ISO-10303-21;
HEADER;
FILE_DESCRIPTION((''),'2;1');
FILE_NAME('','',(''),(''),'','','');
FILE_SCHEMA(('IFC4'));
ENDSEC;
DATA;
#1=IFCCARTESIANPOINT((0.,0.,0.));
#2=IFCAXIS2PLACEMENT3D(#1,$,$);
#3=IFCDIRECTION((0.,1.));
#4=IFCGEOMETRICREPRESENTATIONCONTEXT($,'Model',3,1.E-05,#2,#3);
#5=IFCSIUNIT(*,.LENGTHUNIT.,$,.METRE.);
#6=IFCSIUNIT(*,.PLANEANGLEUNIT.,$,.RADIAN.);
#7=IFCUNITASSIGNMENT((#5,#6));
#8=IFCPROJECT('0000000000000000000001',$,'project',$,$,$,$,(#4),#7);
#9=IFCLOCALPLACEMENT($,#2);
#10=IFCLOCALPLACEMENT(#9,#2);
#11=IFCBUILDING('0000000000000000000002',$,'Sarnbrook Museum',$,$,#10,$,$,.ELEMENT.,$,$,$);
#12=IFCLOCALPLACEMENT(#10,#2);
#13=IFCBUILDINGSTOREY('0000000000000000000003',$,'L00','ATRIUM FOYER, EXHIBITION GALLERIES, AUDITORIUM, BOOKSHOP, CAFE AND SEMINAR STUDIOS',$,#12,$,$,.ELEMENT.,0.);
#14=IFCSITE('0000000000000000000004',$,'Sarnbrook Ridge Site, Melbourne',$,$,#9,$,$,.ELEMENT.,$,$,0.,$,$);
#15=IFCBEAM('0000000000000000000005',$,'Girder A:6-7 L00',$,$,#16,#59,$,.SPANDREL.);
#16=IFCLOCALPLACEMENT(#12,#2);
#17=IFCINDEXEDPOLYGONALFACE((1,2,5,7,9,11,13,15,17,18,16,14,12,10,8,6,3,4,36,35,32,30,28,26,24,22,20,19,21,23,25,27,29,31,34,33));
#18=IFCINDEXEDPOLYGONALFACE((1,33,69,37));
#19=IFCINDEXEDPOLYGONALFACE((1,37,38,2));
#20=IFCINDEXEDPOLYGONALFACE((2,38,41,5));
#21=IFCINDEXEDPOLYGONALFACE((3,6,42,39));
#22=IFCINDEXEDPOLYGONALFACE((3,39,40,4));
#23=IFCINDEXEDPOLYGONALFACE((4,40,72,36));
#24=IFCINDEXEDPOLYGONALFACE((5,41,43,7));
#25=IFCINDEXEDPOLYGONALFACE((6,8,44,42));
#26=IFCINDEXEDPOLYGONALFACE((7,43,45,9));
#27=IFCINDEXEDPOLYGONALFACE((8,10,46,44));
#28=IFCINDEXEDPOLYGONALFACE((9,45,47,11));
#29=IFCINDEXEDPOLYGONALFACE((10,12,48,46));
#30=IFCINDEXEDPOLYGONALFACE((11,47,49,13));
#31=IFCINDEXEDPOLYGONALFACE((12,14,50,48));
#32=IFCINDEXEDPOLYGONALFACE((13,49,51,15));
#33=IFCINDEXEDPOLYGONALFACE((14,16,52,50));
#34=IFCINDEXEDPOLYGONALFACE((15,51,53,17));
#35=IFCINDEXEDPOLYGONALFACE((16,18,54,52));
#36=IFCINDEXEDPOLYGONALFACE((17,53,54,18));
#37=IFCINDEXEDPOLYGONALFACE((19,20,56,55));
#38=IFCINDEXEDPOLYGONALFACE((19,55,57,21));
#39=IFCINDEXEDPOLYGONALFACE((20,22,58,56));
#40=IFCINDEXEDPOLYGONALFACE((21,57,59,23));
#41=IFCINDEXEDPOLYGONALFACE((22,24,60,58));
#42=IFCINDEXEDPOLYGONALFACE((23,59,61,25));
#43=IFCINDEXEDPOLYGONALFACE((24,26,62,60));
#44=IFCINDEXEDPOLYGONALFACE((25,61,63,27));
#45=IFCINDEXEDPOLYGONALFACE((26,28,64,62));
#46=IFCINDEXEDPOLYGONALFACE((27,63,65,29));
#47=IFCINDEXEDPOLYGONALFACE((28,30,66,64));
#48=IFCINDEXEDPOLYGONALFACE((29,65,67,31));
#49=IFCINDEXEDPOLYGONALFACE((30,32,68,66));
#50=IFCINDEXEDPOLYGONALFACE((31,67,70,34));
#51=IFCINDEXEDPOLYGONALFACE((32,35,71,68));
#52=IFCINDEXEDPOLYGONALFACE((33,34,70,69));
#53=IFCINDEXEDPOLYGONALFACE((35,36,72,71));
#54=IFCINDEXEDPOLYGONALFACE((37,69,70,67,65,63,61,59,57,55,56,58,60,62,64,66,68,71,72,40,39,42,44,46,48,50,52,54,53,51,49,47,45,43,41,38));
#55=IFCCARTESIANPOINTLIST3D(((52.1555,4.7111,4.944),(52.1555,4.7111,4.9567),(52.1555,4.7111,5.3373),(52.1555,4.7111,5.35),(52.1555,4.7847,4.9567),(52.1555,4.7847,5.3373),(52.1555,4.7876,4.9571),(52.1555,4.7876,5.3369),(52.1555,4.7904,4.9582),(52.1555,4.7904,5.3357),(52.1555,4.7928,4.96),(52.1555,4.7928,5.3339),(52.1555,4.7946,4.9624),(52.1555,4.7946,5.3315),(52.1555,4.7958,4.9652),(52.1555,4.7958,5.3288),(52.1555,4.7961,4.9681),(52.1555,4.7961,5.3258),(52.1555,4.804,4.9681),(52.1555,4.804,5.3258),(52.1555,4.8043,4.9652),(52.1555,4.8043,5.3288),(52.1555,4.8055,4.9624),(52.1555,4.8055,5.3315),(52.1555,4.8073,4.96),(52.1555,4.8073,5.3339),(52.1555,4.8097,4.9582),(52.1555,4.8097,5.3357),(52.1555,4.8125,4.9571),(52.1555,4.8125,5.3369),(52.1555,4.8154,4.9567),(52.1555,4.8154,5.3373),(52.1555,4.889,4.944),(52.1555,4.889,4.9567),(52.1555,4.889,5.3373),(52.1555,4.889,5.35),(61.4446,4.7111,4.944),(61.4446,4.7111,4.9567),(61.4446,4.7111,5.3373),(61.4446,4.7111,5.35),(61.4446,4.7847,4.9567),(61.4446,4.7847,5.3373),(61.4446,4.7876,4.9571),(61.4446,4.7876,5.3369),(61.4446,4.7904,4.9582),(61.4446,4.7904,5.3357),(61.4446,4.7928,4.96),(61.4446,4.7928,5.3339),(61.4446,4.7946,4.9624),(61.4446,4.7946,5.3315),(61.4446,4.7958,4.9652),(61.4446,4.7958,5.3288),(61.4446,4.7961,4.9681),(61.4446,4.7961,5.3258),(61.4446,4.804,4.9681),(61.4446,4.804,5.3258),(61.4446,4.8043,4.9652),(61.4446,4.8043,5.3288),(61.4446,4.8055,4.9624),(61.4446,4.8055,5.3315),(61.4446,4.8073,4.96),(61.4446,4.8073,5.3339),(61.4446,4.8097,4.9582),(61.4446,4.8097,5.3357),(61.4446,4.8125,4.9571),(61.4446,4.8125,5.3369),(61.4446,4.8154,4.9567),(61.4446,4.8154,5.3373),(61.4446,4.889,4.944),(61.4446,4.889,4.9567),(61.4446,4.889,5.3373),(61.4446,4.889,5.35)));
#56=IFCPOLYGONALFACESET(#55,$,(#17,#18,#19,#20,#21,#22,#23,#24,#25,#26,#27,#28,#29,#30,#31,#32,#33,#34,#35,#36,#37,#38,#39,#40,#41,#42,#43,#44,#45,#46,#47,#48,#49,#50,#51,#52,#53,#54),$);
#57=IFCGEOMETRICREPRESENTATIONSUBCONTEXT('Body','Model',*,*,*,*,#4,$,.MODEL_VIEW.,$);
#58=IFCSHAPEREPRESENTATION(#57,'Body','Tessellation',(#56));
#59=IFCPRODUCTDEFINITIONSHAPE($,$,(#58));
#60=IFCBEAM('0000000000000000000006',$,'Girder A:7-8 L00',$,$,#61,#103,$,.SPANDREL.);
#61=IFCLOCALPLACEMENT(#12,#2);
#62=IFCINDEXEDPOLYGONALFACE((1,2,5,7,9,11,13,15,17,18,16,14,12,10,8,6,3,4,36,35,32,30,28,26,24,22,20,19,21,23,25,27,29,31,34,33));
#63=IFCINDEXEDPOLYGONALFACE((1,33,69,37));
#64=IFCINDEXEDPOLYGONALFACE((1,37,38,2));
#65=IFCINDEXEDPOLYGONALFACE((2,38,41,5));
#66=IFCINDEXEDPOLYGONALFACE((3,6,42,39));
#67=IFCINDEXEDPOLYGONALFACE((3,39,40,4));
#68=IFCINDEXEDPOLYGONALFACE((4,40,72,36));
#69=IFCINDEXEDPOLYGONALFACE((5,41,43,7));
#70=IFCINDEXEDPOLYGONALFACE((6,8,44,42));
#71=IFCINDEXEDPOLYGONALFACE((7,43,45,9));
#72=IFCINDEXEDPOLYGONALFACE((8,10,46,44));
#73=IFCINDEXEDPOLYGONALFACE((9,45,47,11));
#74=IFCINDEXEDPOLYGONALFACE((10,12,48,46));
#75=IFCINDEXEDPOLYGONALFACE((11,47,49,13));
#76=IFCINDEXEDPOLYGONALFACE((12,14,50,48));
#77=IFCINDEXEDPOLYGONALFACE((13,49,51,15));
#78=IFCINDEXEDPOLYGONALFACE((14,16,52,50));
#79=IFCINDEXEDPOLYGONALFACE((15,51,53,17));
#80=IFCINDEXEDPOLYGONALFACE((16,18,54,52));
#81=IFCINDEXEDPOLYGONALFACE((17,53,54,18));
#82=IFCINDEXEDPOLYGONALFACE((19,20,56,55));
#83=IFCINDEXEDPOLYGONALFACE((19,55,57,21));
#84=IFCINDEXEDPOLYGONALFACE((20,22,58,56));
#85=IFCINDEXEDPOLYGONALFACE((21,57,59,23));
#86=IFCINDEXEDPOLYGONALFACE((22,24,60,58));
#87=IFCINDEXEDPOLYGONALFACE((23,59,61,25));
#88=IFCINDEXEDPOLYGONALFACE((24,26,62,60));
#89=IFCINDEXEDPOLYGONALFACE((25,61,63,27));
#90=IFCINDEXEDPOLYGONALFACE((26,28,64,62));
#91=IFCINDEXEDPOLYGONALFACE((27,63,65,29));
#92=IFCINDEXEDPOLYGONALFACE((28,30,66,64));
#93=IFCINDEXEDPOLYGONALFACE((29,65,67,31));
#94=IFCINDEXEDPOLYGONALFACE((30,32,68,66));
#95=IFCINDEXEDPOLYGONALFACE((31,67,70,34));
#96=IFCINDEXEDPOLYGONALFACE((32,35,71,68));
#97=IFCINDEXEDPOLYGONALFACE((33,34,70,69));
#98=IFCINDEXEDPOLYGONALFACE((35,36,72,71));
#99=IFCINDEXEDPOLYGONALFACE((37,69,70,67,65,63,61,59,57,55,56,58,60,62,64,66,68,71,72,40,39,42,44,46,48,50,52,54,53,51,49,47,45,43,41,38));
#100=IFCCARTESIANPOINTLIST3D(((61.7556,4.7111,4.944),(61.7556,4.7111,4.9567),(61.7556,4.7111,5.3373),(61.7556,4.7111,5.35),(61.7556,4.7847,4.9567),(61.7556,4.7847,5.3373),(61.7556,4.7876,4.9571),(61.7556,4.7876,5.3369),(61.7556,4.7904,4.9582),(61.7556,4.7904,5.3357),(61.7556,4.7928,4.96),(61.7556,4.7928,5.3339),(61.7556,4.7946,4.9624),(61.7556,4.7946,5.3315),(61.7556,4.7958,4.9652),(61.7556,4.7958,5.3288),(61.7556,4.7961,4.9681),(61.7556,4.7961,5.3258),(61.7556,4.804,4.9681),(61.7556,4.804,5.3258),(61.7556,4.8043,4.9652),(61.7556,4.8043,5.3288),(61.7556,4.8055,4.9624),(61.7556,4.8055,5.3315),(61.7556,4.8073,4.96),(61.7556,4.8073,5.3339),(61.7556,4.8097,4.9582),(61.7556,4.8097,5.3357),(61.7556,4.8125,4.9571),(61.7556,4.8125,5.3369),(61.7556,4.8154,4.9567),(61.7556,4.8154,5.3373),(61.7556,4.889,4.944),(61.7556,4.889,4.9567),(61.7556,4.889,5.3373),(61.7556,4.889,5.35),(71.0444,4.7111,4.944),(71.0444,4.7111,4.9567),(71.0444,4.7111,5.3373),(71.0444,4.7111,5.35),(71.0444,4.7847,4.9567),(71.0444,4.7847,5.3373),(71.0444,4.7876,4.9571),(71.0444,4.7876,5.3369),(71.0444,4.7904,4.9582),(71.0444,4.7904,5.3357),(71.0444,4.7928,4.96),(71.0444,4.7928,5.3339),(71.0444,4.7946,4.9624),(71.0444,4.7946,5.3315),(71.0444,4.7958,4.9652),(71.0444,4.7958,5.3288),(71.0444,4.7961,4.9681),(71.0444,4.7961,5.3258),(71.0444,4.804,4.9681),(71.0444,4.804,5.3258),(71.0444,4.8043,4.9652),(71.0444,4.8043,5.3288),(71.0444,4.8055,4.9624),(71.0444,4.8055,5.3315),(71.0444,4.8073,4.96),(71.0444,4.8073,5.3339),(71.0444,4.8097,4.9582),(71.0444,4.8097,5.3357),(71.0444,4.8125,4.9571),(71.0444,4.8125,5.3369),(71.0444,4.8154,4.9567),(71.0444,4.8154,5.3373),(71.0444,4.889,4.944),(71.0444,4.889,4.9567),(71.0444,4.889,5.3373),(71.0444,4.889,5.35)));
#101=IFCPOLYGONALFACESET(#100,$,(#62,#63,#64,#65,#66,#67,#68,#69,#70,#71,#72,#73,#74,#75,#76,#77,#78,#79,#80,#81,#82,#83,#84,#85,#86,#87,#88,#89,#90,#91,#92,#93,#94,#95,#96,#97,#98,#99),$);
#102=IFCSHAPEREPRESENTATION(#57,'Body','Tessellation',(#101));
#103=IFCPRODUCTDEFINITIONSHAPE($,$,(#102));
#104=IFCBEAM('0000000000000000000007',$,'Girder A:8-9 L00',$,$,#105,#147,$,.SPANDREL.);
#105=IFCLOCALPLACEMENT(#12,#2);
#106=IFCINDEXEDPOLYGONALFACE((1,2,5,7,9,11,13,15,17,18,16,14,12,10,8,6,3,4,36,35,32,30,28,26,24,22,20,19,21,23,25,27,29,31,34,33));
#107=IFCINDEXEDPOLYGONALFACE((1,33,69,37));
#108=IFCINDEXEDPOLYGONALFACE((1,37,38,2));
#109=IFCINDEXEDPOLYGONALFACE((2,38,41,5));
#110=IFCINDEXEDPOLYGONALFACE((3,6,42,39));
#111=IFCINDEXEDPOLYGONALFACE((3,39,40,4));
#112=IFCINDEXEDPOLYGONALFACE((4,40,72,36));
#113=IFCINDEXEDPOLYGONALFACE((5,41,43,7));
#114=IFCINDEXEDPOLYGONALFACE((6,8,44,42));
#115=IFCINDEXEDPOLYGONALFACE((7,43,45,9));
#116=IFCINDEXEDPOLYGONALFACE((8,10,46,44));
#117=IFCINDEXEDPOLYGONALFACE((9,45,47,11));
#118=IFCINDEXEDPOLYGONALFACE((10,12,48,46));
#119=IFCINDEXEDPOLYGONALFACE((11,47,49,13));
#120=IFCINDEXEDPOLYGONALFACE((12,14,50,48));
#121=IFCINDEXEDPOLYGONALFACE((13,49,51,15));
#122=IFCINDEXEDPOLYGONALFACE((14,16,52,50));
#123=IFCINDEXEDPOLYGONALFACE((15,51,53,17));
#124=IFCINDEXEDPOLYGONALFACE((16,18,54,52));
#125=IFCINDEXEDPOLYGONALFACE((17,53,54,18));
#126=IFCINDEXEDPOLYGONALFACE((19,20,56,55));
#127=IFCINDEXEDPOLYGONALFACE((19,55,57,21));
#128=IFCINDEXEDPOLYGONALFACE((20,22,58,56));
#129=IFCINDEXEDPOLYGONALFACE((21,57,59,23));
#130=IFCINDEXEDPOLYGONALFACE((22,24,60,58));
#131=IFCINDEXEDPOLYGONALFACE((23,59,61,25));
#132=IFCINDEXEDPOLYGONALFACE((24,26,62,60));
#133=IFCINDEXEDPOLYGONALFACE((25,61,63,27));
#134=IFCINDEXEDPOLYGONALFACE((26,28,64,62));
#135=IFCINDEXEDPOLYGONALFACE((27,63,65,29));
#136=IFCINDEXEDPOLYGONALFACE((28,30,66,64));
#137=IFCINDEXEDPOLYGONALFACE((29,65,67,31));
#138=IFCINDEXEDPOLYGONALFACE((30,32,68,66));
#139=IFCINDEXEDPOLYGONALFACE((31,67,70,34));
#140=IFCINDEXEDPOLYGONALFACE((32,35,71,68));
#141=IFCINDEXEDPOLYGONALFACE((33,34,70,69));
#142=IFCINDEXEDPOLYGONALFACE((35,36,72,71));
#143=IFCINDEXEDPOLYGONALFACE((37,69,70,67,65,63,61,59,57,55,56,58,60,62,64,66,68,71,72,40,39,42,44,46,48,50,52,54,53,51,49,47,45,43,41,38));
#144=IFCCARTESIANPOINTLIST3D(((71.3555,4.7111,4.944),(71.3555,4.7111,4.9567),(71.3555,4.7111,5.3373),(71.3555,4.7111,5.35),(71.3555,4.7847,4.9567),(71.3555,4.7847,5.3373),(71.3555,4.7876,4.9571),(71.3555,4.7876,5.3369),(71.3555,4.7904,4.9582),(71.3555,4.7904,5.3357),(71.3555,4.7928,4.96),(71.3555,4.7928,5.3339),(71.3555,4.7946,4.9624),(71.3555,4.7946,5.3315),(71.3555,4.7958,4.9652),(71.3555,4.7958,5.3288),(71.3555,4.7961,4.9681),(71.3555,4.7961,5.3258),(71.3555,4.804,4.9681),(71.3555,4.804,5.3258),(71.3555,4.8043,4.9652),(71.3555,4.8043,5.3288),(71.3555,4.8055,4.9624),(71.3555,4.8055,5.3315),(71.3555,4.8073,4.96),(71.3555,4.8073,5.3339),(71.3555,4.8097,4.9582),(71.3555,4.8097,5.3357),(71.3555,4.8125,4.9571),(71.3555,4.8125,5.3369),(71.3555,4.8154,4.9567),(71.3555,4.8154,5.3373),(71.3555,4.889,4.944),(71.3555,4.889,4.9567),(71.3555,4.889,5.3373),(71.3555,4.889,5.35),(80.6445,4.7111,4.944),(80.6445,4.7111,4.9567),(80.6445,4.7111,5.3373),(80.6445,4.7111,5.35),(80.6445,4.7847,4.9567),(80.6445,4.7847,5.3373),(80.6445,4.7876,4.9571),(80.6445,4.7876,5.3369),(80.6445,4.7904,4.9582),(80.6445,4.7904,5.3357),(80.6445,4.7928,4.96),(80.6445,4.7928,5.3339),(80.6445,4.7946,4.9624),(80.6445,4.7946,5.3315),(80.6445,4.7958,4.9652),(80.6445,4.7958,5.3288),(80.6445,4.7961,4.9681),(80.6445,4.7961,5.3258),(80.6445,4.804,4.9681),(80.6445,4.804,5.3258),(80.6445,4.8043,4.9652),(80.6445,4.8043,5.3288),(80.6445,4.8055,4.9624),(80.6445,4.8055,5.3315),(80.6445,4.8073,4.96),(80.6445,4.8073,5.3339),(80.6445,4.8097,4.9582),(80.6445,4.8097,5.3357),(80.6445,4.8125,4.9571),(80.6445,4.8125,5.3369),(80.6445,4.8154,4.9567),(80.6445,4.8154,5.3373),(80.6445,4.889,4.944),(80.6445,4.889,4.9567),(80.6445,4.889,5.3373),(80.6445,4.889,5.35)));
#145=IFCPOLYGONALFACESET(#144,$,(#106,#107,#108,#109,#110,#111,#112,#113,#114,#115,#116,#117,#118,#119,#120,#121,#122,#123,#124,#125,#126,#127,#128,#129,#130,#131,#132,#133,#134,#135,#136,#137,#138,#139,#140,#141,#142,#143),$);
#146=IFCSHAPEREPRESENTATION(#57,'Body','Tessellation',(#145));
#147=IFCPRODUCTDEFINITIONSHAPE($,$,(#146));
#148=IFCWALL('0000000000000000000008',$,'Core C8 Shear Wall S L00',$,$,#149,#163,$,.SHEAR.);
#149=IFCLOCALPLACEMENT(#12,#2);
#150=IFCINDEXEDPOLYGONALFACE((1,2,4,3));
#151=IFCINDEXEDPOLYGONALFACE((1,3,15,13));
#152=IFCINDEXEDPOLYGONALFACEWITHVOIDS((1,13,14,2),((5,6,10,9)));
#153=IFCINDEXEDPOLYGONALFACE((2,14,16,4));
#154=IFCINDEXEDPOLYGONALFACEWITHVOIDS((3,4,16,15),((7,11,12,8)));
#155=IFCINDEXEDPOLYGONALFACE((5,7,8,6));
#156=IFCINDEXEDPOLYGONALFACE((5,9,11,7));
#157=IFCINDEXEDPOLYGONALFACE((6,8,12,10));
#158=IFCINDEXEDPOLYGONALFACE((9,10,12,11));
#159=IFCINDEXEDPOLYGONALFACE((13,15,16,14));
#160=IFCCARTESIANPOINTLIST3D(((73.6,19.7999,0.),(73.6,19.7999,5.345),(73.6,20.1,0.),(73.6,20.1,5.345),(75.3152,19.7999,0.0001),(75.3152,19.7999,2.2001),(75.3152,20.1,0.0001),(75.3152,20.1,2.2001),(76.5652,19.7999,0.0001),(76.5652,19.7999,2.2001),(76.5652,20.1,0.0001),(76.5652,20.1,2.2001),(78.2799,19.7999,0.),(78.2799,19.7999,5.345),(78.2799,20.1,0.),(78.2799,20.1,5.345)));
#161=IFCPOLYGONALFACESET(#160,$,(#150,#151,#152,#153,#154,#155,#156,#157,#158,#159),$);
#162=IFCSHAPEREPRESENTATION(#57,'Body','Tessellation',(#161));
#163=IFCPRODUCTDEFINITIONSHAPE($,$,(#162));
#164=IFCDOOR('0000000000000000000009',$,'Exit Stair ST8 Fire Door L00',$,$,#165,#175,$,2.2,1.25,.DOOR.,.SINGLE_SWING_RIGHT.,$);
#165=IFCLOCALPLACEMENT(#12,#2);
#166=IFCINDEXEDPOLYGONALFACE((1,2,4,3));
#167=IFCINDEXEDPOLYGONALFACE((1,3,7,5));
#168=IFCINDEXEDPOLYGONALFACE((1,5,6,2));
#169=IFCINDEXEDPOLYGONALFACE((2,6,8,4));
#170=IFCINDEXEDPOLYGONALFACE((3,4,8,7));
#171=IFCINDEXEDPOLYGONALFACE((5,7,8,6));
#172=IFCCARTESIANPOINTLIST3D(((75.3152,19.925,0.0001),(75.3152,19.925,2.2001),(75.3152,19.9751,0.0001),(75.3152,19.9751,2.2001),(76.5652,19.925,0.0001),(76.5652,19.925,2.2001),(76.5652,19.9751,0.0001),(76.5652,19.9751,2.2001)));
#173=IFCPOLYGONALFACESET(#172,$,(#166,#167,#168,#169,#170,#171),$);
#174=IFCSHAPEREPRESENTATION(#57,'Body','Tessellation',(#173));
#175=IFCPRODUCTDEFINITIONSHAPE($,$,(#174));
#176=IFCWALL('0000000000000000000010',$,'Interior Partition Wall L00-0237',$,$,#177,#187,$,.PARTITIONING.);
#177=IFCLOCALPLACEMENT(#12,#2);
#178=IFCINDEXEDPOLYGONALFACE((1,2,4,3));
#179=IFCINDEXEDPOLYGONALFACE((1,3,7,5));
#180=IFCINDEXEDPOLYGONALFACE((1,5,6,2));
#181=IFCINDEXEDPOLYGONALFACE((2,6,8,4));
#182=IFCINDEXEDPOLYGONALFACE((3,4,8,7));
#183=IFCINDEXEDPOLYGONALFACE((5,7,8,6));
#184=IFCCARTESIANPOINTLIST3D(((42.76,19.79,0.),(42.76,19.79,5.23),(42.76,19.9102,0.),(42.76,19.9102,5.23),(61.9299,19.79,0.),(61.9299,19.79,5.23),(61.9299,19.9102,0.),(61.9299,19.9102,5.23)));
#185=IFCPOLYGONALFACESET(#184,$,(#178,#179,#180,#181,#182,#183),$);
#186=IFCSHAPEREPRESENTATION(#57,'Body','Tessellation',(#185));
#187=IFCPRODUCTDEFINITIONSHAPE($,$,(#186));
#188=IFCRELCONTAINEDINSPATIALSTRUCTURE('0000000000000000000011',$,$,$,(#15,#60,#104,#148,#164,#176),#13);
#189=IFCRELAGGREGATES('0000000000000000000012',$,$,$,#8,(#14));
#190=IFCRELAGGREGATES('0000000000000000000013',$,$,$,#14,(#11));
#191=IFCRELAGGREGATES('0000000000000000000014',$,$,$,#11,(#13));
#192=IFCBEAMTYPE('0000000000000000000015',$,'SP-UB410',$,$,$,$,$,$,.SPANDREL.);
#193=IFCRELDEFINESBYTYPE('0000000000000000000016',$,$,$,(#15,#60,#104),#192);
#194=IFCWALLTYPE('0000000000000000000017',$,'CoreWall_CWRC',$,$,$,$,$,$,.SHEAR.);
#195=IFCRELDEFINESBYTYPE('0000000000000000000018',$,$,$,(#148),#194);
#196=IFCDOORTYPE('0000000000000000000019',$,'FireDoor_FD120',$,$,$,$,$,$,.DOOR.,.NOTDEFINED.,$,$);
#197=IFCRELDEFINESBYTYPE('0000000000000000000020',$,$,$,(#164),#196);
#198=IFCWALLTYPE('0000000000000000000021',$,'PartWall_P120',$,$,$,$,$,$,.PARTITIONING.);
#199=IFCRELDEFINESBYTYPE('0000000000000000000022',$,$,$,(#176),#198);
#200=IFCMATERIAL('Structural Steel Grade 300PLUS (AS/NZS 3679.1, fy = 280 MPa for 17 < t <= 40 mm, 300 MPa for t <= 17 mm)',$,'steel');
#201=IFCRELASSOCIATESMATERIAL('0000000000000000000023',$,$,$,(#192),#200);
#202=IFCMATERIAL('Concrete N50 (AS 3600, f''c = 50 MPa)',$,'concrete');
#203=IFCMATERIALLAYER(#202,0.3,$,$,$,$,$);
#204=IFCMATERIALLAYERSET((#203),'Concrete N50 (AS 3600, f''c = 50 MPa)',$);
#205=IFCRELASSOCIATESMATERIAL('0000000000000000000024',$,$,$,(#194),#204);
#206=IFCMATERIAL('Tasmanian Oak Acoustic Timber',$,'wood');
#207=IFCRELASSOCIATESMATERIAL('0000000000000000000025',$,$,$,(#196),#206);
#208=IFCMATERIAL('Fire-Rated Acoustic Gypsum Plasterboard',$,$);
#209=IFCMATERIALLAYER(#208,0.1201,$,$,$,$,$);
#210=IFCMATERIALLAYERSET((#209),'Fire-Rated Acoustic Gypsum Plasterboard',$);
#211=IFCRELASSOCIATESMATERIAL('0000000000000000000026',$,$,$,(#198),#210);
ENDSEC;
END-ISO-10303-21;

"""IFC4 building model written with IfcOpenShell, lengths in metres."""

from ifc_helpers import new_model, si_unit, direction, frame, frame_2d, origin, origin_2d, place, context, subcontext, project, spatial, rectangle, i_section, extrude, material, layer, layer_set, material_profile, profile_set, type_object, element, fill, save


model = new_model("IFC4")

# Units and contexts
model_context = context("Model", 3, precision=1e-05, world=origin(), true_north=direction((0.0, 1.0)))
body_context = subcontext(model_context, "Body", "Model", "MODEL_VIEW")
ifc_project = project(units=[si_unit("LENGTHUNIT", "METRE"), si_unit("PLANEANGLEUNIT", "RADIAN")], contexts=[model_context])

# Site, building, storey
site_placement = place(None, origin())
site = spatial("IfcSite", under=ifc_project, at=site_placement, Name="Sarnbrook Ridge Site, Melbourne", CompositionType="ELEMENT", RefElevation=0.0)
building_placement = place(site_placement, origin())
building = spatial("IfcBuilding", under=site, at=building_placement, Name="Sarnbrook Museum", CompositionType="ELEMENT")
storey_placement = place(building_placement, origin())
storey = spatial("IfcBuildingStorey", under=building, at=storey_placement, Name="L00", Description="ATRIUM FOYER, EXHIBITION GALLERIES, AUDITORIUM, BOOKSHOP, CAFE AND SEMINAR STUDIOS", CompositionType="ELEMENT", Elevation=0.0)

# Shared definitions
ifc_material_1 = material(Name="Structural Steel Grade 300PLUS (AS/NZS 3679.1, fy = 280 MPa for 17 < t <= 40 mm, 300 MPa for t <= 17 mm)", Category="steel")

# Beams
ifc_material_profile_1 = material_profile(ifc_material_1, i_section(OverallWidth=0.178, OverallDepth=0.406, WebThickness=0.0078, FlangeThickness=0.0127, FilletRadius=0.0115, at=origin_2d()), Name="410UB59.7")
ifc_profile_set_1 = profile_set([ifc_material_profile_1], Name="Structural Steel Grade 300PLUS (AS/NZS 3679.1, fy = 280 MPa for 17 < t <= 40 mm, 300 MPa for t <= 17 mm)")
beam_type_1 = type_object("IfcBeamType", Name="SP-UB410", PredefinedType="SPANDREL", material=ifc_profile_set_1)
beam_1_placement = place(storey_placement, frame((52.1555, 4.8, 5.147), z_axis=(1.0, 0.0, 0.0), x_axis=(0.0, 1.0, 0.0)))
element("IfcBeam", 1, at=beam_1_placement, inside=storey, type_object=beam_type_1, Name="Girder A:6-7 L00", PredefinedType="SPANDREL", context=body_context, shape_type="SweptSolid", body=[
    extrude(i_section(OverallWidth=0.178, OverallDepth=0.406, WebThickness=0.0078, FlangeThickness=0.0127, FilletRadius=0.0115, at=origin_2d()), origin(), (0.0, 0.0, 1.0), 9.2891),
])
beam_2_placement = place(storey_placement, frame((61.7556, 4.8, 5.147), z_axis=(1.0, 0.0, 0.0), x_axis=(0.0, 1.0, 0.0)))
element("IfcBeam", 2, at=beam_2_placement, inside=storey, type_object=beam_type_1, Name="Girder A:7-8 L00", PredefinedType="SPANDREL", context=body_context, shape_type="SweptSolid", body=[
    extrude(i_section(OverallWidth=0.178, OverallDepth=0.406, WebThickness=0.0078, FlangeThickness=0.0127, FilletRadius=0.0115, at=origin_2d()), origin(), (0.0, 0.0, 1.0), 9.2888),
])
beam_3_placement = place(storey_placement, frame((71.3555, 4.8, 5.147), z_axis=(1.0, 0.0, 0.0), x_axis=(0.0, 1.0, 0.0)))
element("IfcBeam", 3, at=beam_3_placement, inside=storey, type_object=beam_type_1, Name="Girder A:8-9 L00", PredefinedType="SPANDREL", context=body_context, shape_type="SweptSolid", body=[
    extrude(i_section(OverallWidth=0.178, OverallDepth=0.406, WebThickness=0.0078, FlangeThickness=0.0127, FilletRadius=0.0115, at=origin_2d()), origin(), (0.0, 0.0, 1.0), 9.2891),
])

# Wall, opening, door
ifc_material_2 = material(Name="Concrete N50 (AS 3600, f'c = 50 MPa)", Category="concrete")
ifc_layer_1 = layer(ifc_material_2, 0.3)
ifc_layer_set_1 = layer_set([ifc_layer_1], Name="Concrete N50 (AS 3600, f'c = 50 MPa)")
wall_type_1 = type_object("IfcWallType", Name="CoreWall_CWRC", PredefinedType="SHEAR", material=ifc_layer_set_1)
wall_1_placement = place(storey_placement, frame((73.6001, 19.95, 0.0), z_axis=(0.0, 0.0, 1.0), x_axis=(1.0, 0.0, 0.0)))
wall_1 = element("IfcWall", 4, at=wall_1_placement, inside=storey, type_object=wall_type_1, Name="Core C8 Shear Wall S L00", PredefinedType="SHEAR", context=body_context, shape_type="SweptSolid", body=[
    extrude(rectangle(XDim=4.6799, YDim=0.3, at=frame_2d((2.3398, 0.0))), origin(), (0.0, 0.0, 1.0), 5.345),
])
opening_1_placement = place(wall_1_placement, frame((1.7151, 0.0, 0.0)))
opening_1 = element("IfcOpeningElement", 5, at=opening_1_placement, cuts=wall_1, PredefinedType="OPENING", context=body_context, shape_type="SweptSolid", body=[
    extrude(rectangle(XDim=1.25, YDim=2.2, at=frame_2d((0.625, 1.1001))), frame((0.0, 0.1602, 0.0), z_axis=(0.0, -1.0, 0.0), x_axis=(1.0, 0.0, 0.0)), (0.0, 0.0, 1.0), 0.3201),
])
ifc_material_3 = material(Name="Tasmanian Oak Acoustic Timber", Category="wood")
door_type_1 = type_object("IfcDoorType", Name="FireDoor_FD120", OperationType="NOTDEFINED", PredefinedType="DOOR", material=ifc_material_3)
door_1_placement = place(opening_1_placement, frame((1.25, 0.0, 0.0), z_axis=(0.0, 0.0, 1.0), x_axis=(-1.0, 0.0, 0.0)))
door_1 = element("IfcDoor", 6, at=door_1_placement, inside=storey, type_object=door_type_1, Name="Exit Stair ST8 Fire Door L00", OperationType="SINGLE_SWING_RIGHT", OverallHeight=2.2, OverallWidth=1.25, PredefinedType="DOOR", context=body_context, shape_type="SweptSolid", body=[
    extrude(rectangle(XDim=1.25, YDim=2.2, at=frame_2d((0.625, 1.1001))), frame((0.0, 0.0249, 0.0), z_axis=(0.0, -1.0, 0.0), x_axis=(1.0, 0.0, 0.0)), (0.0, 0.0, 1.0), 0.05),
])
fill(opening_1, door_1)

# Wall
ifc_material_4 = material(Name="Fire-Rated Acoustic Gypsum Plasterboard")
ifc_layer_2 = layer(ifc_material_4, 0.1201)
ifc_layer_set_2 = layer_set([ifc_layer_2], Name="Fire-Rated Acoustic Gypsum Plasterboard")
wall_type_2 = type_object("IfcWallType", Name="PartWall_P120", PredefinedType="PARTITIONING", material=ifc_layer_set_2)
wall_2_placement = place(storey_placement, frame((61.9299, 19.8501, 0.0), z_axis=(0.0, 0.0, 1.0), x_axis=(-1.0, 0.0, 0.0)))
element("IfcWall", 7, at=wall_2_placement, inside=storey, type_object=wall_type_2, Name="Interior Partition Wall L00-0237", PredefinedType="PARTITIONING", context=body_context, shape_type="SweptSolid", body=[
    extrude(rectangle(XDim=19.1699, YDim=0.1201, at=frame_2d((9.585, 0.0))), origin(), (0.0, 0.0, 1.0), 5.23),
])

save(model, "model.ifc")
